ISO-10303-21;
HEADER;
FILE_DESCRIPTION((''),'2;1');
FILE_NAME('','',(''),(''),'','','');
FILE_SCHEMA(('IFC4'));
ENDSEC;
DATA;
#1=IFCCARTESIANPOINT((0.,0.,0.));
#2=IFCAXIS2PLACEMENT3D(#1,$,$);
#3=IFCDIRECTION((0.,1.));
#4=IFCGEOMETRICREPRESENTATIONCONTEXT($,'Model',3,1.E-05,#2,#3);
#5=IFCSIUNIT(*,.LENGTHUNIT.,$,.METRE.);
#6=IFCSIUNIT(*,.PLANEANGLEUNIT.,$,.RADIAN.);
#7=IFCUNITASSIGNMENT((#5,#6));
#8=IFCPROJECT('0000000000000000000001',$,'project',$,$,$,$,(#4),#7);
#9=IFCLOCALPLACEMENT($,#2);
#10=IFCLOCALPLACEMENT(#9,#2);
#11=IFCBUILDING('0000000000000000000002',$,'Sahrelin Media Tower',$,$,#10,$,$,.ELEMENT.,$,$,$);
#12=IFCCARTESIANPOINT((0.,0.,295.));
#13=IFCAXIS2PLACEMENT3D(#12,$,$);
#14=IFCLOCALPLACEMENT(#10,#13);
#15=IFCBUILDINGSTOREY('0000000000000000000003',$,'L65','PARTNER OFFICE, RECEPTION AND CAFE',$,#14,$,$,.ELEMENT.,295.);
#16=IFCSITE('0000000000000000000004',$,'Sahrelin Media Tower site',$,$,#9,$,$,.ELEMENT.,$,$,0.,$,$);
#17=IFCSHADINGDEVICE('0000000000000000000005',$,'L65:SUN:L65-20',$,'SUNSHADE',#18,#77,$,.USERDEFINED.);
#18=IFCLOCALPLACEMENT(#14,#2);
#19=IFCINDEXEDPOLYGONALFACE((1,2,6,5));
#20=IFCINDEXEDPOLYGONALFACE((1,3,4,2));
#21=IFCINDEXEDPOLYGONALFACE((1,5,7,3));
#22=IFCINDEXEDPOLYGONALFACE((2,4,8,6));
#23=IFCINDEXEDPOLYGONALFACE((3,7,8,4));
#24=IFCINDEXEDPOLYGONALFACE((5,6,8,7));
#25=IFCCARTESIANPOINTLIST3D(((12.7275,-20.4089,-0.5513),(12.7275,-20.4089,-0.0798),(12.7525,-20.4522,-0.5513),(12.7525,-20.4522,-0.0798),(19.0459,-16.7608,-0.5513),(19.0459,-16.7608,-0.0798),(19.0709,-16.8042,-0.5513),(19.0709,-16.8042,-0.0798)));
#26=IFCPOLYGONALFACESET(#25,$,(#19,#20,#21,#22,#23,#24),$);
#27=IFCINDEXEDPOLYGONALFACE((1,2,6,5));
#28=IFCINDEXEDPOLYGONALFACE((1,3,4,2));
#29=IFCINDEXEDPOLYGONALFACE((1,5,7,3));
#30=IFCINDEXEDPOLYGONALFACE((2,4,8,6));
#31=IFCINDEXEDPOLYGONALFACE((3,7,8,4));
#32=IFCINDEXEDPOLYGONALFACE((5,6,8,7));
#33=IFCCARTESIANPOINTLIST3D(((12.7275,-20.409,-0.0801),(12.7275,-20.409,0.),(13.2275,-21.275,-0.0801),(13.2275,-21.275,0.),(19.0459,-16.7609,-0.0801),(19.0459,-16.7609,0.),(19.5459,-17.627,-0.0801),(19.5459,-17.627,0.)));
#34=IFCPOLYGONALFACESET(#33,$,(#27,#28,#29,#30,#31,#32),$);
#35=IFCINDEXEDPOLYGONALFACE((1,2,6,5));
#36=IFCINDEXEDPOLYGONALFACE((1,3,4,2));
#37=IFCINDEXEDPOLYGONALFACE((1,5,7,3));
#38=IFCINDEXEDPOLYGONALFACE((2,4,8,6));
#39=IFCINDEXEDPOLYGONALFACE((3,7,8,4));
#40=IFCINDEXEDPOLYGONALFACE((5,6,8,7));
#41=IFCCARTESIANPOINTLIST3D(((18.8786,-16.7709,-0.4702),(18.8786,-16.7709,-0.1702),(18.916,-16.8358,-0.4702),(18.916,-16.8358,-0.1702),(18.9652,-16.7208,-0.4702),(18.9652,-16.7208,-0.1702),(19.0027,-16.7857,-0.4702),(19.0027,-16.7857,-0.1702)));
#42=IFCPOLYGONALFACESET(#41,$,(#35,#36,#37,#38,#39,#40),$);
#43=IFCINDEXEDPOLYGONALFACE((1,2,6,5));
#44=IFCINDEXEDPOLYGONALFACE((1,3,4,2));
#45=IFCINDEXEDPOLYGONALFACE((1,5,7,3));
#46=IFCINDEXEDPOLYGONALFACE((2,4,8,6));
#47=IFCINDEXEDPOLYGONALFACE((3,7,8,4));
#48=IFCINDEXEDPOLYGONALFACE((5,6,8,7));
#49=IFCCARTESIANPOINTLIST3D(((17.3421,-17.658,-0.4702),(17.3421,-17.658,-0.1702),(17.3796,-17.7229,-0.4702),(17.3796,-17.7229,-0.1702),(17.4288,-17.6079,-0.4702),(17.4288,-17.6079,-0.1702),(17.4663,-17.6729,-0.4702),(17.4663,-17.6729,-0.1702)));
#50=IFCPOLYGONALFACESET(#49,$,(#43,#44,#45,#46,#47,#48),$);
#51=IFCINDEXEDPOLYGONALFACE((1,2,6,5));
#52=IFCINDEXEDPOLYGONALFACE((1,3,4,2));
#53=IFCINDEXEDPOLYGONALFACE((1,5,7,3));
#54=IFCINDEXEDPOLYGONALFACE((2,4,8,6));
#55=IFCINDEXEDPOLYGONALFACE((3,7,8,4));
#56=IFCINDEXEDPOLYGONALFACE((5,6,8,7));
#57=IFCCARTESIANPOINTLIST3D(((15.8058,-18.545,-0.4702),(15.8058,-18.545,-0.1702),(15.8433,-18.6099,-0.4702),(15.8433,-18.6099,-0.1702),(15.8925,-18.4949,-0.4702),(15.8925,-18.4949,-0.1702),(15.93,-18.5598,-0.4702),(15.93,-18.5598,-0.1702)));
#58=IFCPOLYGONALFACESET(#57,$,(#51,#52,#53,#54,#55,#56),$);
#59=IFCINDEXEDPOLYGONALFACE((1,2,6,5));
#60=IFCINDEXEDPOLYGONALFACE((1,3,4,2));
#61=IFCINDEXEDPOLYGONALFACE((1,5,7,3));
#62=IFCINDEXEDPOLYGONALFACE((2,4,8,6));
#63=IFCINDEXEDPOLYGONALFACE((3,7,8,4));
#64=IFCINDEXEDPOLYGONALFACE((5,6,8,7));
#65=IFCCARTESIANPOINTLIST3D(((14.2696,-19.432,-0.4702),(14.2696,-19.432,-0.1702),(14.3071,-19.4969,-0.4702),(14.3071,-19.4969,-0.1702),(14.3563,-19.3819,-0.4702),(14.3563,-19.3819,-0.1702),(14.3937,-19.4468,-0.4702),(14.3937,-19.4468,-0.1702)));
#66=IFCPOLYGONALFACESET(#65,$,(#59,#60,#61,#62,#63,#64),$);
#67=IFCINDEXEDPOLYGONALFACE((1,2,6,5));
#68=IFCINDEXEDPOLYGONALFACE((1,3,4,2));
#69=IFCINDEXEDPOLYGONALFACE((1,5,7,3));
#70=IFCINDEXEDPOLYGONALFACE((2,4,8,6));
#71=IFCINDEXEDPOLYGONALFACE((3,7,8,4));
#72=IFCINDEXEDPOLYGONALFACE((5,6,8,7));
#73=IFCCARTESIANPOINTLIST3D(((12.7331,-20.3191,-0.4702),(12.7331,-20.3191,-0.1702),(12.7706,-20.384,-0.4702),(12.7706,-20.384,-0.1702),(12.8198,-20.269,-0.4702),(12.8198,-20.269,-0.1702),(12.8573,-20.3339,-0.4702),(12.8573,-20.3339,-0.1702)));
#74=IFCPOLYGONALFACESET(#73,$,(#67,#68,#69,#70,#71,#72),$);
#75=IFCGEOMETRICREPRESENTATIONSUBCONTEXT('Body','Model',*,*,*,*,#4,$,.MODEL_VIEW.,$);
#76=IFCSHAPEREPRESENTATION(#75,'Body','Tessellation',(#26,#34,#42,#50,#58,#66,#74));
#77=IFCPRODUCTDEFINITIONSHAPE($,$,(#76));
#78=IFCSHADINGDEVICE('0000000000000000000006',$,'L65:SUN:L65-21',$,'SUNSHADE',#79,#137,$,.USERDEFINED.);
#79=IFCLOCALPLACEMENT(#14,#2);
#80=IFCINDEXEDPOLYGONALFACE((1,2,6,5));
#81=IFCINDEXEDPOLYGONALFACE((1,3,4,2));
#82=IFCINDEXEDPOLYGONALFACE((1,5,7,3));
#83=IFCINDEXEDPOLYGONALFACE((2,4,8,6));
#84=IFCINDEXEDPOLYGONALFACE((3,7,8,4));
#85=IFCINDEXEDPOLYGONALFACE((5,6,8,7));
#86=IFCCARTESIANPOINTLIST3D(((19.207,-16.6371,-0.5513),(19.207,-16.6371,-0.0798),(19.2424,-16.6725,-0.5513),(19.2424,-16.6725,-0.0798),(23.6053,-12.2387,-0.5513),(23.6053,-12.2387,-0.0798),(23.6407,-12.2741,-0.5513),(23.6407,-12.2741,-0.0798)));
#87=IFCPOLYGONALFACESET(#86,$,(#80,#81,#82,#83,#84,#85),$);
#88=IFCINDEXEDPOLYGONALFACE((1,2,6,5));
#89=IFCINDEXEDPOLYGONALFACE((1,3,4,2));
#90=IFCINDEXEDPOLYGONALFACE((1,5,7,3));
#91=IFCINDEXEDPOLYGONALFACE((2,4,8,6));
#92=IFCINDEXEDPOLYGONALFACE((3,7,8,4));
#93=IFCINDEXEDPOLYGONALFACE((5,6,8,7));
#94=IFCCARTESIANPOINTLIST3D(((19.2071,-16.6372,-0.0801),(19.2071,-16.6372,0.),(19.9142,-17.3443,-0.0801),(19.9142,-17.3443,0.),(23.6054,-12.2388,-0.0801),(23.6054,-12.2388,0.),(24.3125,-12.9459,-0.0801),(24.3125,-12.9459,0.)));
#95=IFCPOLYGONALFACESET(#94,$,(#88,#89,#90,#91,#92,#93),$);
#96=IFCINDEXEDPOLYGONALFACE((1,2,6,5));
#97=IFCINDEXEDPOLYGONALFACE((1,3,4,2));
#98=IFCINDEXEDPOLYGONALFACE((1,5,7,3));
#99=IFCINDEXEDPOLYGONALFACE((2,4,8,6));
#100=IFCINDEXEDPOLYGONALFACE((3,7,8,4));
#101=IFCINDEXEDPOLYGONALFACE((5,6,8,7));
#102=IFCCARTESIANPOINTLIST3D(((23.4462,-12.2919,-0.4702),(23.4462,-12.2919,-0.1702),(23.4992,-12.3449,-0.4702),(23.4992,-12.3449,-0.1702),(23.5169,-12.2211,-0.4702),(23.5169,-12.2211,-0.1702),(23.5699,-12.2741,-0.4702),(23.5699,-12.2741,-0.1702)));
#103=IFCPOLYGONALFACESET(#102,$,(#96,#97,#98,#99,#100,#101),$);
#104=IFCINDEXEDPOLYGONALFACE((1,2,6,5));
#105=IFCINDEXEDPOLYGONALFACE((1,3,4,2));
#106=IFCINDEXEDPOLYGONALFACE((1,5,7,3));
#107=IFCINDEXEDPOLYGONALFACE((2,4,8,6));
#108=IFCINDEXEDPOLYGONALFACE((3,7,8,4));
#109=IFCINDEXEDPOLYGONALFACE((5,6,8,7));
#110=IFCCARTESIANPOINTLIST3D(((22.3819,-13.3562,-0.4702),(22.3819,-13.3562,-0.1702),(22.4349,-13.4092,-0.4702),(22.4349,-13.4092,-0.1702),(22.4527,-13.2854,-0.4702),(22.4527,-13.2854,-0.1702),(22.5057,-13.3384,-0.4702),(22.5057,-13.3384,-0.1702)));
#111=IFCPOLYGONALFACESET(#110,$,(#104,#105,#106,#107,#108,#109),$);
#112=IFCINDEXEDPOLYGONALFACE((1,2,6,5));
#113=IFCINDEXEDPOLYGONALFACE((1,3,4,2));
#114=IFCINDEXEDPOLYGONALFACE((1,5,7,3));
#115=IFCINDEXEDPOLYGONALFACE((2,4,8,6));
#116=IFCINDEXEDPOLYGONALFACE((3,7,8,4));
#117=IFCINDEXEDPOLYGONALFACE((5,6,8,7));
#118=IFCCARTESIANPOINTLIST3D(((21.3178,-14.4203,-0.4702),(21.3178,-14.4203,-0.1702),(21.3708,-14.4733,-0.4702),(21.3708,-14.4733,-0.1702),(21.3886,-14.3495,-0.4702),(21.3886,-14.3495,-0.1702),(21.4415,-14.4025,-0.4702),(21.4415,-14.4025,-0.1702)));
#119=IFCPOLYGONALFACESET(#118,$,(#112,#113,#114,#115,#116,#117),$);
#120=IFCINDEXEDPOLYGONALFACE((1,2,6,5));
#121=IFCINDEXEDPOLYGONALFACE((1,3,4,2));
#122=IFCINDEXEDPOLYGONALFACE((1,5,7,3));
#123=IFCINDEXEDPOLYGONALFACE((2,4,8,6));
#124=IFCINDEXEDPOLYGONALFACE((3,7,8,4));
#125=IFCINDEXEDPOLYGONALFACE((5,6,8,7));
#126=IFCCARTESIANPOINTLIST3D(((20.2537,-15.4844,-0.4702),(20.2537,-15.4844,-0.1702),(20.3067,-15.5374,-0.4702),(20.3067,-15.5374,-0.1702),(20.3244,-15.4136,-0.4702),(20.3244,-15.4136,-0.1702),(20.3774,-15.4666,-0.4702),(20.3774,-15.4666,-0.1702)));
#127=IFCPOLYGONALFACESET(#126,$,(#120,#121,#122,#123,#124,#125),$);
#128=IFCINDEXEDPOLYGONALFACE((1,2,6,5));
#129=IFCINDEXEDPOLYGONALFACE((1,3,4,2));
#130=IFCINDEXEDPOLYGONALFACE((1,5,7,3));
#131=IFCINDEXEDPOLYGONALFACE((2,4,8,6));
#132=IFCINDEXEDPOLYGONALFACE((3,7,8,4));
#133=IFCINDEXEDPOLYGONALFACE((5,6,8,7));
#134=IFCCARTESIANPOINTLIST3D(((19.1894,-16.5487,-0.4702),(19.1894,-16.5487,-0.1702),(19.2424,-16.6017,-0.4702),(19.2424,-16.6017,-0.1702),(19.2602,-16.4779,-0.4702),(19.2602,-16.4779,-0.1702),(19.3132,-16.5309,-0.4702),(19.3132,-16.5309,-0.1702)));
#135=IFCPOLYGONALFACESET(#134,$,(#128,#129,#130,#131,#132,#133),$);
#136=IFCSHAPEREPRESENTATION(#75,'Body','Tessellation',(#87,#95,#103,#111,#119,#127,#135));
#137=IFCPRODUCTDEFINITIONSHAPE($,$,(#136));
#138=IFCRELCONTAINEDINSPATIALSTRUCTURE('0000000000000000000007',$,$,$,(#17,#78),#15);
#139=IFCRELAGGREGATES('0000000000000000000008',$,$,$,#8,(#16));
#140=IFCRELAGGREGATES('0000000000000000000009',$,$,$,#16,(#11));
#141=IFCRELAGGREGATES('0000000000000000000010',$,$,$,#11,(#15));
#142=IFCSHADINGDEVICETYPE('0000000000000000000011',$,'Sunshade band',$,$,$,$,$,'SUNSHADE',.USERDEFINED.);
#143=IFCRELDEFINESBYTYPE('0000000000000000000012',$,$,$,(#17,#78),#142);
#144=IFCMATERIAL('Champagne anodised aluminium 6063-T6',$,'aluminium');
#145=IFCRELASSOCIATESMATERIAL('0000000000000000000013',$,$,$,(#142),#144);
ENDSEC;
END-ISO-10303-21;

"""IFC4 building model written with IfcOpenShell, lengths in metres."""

from ifc_helpers import new_model, si_unit, direction, frame, origin, origin_2d, place, context, subcontext, project, spatial, rectangle, extrude, material, type_object, element, save


model = new_model("IFC4")

# Units and contexts
model_context = context("Model", 3, precision=1e-05, world=origin(), true_north=direction((0.0, 1.0)))
body_context = subcontext(model_context, "Body", "Model", "MODEL_VIEW")
ifc_project = project(units=[si_unit("LENGTHUNIT", "METRE"), si_unit("PLANEANGLEUNIT", "RADIAN")], contexts=[model_context])

# Site, building, storey
site_placement = place(None, origin())
site = spatial("IfcSite", under=ifc_project, at=site_placement, Name="Sahrelin Media Tower site", CompositionType="ELEMENT", RefElevation=0.0)
building_placement = place(site_placement, origin())
building = spatial("IfcBuilding", under=site, at=building_placement, Name="Sahrelin Media Tower", CompositionType="ELEMENT")
storey_placement = place(building_placement, frame((0.0, 0.0, 295.0)))
storey = spatial("IfcBuildingStorey", under=building, at=storey_placement, Name="L65", Description="PARTNER OFFICE, RECEPTION AND CAFE", CompositionType="ELEMENT", Elevation=295.0)

# Shared definitions
ifc_material_1 = material(Name="Champagne anodised aluminium 6063-T6", Category="aluminium")

# Shading devices
placement_1 = place(storey_placement, frame((15.8767, -18.5676, 0.0), z_axis=(0.0, 0.0, 1.0), x_axis=(-0.866019, -0.500011, 0.0)))
placement_2 = place(storey_placement, frame((21.3921, -14.4238, 0.0), z_axis=(0.0, 0.0, 1.0), x_axis=(-0.707107, -0.707107, 0.0)))
shading_device_type_1 = type_object("IfcShadingDeviceType", Name="Sunshade band", ElementType="SUNSHADE", PredefinedType="USERDEFINED", material=ifc_material_1)
element("IfcShadingDevice", 1, at=placement_1, inside=storey, type_object=shading_device_type_1, Name="L65:SUN:L65-20", ObjectType="SUNSHADE", PredefinedType="USERDEFINED", context=body_context, shape_type="SweptSolid", body=[
    extrude(rectangle(XDim=7.2959, YDim=0.05, at=origin_2d()), frame((0.0, 0.0449, -0.5513)), (0.0, 0.0, 1.0), 0.4714),
    extrude(rectangle(XDim=7.2959, YDim=1.0, at=origin_2d()), frame((0.0, 0.52, -0.0801)), (0.0, 0.0, 1.0), 0.0801),
    extrude(rectangle(XDim=0.1001, YDim=0.075, at=origin_2d()), frame((-3.5481, -0.0176, -0.4702)), (0.0, 0.0, 1.0), 0.3),
    extrude(rectangle(XDim=0.1001, YDim=0.075, at=origin_2d()), frame((-1.7739, -0.0176, -0.4702)), (0.0, 0.0, 1.0), 0.3),
    extrude(rectangle(XDim=0.1001, YDim=0.075, at=origin_2d()), frame((0.0, -0.0176, -0.4702)), (0.0, 0.0, 1.0), 0.3),
    extrude(rectangle(XDim=0.1001, YDim=0.075, at=origin_2d()), frame((1.7739, -0.0176, -0.4702)), (0.0, 0.0, 1.0), 0.3),
    extrude(rectangle(XDim=0.1001, YDim=0.075, at=origin_2d()), frame((3.5481, -0.0176, -0.4702)), (0.0, 0.0, 1.0), 0.3),
])
element("IfcShadingDevice", 2, at=placement_2, inside=storey, type_object=shading_device_type_1, Name="L65:SUN:L65-21", ObjectType="SUNSHADE", PredefinedType="USERDEFINED", context=body_context, shape_type="SweptSolid", body=[
    extrude(rectangle(XDim=6.2202, YDim=0.05, at=origin_2d()), frame((0.0, 0.0449, -0.5513)), (0.0, 0.0, 1.0), 0.4714),
    extrude(rectangle(XDim=6.2202, YDim=1.0, at=origin_2d()), frame((0.0, 0.52, -0.0801)), (0.0, 0.0, 1.0), 0.0801),
    extrude(rectangle(XDim=0.1001, YDim=0.075, at=origin_2d()), frame((-3.01, -0.0176, -0.4702)), (0.0, 0.0, 1.0), 0.3),
    extrude(rectangle(XDim=0.1001, YDim=0.075, at=origin_2d()), frame((-1.5049, -0.0176, -0.4702)), (0.0, 0.0, 1.0), 0.3),
    extrude(rectangle(XDim=0.1001, YDim=0.075, at=origin_2d()), frame((0.0, -0.0176, -0.4702)), (0.0, 0.0, 1.0), 0.3),
    extrude(rectangle(XDim=0.1001, YDim=0.075, at=origin_2d()), frame((1.5049, -0.0176, -0.4702)), (0.0, 0.0, 1.0), 0.3),
    extrude(rectangle(XDim=0.1001, YDim=0.075, at=origin_2d()), frame((3.01, -0.0176, -0.4702)), (0.0, 0.0, 1.0), 0.3),
])

save(model, "model.ifc")
